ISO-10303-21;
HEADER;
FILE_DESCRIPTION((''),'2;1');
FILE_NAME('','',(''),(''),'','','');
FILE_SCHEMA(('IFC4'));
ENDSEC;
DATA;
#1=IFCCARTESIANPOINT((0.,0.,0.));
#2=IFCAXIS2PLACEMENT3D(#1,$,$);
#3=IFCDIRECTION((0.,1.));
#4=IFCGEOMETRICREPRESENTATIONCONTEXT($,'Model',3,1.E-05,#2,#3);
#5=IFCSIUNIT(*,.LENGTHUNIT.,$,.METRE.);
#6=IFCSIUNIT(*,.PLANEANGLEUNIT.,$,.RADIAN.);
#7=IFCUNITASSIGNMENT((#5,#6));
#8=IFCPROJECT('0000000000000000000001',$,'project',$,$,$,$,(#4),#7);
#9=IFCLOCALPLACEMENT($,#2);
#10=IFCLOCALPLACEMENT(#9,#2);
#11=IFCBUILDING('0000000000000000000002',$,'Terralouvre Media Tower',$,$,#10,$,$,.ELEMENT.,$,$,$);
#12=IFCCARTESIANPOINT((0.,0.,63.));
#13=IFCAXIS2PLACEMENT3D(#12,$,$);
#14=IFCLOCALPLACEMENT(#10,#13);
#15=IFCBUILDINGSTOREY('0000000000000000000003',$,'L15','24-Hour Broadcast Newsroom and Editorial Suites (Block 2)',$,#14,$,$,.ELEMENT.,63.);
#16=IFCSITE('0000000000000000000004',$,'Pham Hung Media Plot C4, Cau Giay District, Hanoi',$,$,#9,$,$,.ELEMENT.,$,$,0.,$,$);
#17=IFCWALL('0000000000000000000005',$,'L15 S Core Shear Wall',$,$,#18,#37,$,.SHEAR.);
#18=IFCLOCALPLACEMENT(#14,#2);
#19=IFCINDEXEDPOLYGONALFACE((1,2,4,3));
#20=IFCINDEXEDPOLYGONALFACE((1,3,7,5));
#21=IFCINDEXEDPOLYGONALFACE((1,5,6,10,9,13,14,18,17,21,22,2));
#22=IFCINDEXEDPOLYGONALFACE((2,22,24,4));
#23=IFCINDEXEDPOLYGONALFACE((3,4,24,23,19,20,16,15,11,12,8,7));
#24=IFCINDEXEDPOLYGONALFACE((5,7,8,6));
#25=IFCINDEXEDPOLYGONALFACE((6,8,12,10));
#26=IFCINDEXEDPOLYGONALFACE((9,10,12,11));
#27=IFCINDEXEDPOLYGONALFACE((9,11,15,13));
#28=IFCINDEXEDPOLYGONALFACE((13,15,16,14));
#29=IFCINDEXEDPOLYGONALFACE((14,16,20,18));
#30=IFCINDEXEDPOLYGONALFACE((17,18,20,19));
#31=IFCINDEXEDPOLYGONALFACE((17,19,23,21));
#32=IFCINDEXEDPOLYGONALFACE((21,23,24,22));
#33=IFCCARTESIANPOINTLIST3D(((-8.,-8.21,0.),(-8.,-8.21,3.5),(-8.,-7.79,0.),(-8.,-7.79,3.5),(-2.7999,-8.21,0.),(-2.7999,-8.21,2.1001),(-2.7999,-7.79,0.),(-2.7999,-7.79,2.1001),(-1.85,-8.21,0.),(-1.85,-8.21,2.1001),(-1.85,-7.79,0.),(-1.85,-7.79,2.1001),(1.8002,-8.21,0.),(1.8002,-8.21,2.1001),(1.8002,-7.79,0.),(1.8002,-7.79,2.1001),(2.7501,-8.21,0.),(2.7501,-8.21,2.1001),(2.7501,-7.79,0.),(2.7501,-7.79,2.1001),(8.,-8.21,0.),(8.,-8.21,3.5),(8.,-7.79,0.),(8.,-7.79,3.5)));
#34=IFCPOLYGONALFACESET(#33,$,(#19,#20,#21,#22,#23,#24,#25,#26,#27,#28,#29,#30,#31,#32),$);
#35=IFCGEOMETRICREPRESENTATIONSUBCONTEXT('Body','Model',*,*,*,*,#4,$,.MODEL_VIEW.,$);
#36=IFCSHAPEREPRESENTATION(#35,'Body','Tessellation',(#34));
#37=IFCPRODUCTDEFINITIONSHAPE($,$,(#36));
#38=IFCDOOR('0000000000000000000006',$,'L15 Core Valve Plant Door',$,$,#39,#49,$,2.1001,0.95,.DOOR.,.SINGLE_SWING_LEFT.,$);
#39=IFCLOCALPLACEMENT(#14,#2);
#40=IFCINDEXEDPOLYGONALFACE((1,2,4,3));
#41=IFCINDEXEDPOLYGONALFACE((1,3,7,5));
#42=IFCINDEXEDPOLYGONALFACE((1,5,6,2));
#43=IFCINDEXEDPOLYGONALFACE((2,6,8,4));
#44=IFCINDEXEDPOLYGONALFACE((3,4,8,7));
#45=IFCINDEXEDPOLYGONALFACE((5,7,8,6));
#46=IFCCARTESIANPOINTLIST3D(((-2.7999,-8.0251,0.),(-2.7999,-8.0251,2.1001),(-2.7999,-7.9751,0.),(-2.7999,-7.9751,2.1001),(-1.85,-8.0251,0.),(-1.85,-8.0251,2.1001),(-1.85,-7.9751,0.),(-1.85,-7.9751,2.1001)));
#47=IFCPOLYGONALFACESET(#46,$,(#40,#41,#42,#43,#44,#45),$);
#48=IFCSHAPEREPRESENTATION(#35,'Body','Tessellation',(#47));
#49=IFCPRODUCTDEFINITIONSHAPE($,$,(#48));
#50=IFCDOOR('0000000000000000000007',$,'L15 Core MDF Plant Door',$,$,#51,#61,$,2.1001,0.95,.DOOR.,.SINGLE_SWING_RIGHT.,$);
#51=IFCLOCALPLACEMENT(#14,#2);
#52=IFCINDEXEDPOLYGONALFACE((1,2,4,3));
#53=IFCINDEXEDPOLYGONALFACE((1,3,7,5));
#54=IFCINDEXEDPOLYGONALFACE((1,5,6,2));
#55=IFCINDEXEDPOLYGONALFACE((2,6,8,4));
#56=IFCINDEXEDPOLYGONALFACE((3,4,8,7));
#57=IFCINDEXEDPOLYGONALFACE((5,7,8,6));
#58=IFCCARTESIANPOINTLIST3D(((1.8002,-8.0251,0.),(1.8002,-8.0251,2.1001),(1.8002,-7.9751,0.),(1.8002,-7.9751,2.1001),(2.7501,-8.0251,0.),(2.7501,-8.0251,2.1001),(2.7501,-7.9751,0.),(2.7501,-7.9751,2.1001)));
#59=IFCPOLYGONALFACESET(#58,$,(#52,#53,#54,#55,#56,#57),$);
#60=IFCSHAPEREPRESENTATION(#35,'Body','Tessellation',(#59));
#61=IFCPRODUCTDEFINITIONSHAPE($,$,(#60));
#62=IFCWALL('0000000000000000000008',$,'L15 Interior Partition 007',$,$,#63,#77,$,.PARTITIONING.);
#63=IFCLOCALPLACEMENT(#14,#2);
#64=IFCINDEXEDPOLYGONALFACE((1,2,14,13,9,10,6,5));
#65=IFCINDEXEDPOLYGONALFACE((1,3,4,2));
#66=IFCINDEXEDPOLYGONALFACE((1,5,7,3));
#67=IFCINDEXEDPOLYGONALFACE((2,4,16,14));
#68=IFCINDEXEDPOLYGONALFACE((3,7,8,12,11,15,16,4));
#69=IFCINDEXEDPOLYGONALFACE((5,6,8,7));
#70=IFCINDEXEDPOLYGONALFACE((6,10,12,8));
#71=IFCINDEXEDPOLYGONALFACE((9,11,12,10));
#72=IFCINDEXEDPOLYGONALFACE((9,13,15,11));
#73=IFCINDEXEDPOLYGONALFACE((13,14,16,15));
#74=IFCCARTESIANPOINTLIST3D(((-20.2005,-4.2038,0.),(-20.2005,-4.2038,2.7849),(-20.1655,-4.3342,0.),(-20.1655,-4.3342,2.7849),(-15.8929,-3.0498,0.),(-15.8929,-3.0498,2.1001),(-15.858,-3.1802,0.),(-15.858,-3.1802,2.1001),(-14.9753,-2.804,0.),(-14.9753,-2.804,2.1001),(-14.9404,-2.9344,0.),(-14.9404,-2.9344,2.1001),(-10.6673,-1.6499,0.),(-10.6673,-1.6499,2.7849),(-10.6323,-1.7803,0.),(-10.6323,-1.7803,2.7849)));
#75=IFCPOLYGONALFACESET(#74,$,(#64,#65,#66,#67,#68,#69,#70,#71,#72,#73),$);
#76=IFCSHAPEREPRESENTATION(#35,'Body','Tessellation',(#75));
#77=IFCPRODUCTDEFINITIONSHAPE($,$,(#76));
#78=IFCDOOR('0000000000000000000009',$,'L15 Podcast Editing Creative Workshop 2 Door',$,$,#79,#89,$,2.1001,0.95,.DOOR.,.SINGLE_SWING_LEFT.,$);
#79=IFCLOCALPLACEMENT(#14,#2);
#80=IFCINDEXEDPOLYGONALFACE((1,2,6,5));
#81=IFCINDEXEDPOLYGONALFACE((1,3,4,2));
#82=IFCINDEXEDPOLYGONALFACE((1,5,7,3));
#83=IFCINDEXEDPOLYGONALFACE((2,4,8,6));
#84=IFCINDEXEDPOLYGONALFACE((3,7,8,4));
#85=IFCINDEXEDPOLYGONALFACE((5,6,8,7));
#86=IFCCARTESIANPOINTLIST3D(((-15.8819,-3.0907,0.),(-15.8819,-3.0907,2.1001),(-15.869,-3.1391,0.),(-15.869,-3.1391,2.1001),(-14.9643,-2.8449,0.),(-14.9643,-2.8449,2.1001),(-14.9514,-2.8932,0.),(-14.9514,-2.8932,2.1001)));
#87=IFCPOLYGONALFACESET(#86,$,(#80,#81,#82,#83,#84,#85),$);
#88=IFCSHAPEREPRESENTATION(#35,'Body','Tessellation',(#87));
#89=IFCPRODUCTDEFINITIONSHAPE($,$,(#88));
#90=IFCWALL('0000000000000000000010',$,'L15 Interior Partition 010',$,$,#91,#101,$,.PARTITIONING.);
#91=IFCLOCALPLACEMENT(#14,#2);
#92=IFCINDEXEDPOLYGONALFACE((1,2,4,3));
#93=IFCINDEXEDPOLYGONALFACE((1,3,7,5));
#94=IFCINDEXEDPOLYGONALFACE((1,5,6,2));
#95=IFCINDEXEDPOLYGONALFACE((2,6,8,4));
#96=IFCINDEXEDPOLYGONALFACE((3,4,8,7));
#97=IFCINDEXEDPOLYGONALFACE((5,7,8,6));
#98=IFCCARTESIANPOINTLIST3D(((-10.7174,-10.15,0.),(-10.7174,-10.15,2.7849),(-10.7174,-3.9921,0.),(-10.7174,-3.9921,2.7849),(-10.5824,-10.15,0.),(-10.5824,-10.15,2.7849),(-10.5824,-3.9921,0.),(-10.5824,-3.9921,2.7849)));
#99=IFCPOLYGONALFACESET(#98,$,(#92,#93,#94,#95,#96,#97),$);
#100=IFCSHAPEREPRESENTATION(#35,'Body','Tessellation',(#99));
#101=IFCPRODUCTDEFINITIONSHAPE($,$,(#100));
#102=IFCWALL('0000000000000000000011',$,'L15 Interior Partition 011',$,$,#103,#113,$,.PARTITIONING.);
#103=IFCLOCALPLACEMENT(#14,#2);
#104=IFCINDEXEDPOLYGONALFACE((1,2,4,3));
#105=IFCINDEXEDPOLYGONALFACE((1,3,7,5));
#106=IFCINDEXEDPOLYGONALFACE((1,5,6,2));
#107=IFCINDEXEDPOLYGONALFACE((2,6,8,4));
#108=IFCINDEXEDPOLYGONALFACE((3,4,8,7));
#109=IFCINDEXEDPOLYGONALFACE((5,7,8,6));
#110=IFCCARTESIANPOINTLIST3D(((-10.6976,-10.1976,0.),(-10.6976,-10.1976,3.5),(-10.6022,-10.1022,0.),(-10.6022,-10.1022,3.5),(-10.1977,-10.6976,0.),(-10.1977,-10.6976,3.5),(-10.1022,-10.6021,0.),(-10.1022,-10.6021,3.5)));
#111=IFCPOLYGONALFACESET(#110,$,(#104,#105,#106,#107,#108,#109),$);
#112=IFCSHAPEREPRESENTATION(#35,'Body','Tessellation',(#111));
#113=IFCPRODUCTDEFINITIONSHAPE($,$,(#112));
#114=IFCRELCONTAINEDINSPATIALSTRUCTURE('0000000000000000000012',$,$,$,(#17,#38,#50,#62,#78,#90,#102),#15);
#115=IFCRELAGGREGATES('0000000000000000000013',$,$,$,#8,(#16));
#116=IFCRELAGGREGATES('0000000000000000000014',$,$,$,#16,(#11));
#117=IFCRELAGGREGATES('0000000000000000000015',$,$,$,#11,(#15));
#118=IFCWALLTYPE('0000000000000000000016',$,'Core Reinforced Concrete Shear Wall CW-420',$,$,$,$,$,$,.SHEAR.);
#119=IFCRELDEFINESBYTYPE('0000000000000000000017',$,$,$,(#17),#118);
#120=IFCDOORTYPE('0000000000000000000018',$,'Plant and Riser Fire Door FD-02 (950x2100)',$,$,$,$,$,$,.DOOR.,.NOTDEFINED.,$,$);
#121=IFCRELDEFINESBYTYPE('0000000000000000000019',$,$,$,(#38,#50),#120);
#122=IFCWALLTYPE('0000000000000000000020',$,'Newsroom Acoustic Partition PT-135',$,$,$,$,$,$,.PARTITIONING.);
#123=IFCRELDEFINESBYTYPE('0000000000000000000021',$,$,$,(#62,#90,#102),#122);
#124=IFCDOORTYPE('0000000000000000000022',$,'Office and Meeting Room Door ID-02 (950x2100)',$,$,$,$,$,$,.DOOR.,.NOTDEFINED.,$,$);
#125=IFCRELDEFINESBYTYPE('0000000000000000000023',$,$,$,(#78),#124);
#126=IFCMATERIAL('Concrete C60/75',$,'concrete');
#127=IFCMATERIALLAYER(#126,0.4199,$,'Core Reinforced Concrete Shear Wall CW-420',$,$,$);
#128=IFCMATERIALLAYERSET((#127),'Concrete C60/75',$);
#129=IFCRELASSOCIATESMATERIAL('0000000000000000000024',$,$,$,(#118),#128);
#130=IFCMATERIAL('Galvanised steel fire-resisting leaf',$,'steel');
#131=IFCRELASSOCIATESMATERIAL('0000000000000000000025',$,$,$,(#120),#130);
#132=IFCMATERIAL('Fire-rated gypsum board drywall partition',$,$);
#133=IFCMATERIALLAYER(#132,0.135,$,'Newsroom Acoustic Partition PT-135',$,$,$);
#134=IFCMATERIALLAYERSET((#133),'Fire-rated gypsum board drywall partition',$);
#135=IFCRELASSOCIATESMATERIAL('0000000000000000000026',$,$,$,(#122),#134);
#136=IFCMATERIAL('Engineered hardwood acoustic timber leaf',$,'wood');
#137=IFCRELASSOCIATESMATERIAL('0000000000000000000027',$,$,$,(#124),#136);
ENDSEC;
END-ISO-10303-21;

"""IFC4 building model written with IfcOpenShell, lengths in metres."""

from ifc_helpers import new_model, si_unit, direction, frame, frame_2d, origin, place, context, subcontext, project, spatial, rectangle, extrude, material, layer, layer_set, type_object, element, fill, save


model = new_model("IFC4")

# Units and contexts
model_context = context("Model", 3, precision=1e-05, world=origin(), true_north=direction((0.0, 1.0)))
body_context = subcontext(model_context, "Body", "Model", "MODEL_VIEW")
ifc_project = project(units=[si_unit("LENGTHUNIT", "METRE"), si_unit("PLANEANGLEUNIT", "RADIAN")], contexts=[model_context])

# Site, building, storey
site_placement = place(None, origin())
site = spatial("IfcSite", under=ifc_project, at=site_placement, Name="Pham Hung Media Plot C4, Cau Giay District, Hanoi", CompositionType="ELEMENT", RefElevation=0.0)
building_placement = place(site_placement, origin())
building = spatial("IfcBuilding", under=site, at=building_placement, Name="Terralouvre Media Tower", CompositionType="ELEMENT")
storey_placement = place(building_placement, frame((0.0, 0.0, 63.0)))
storey = spatial("IfcBuildingStorey", under=building, at=storey_placement, Name="L15", Description="24-Hour Broadcast Newsroom and Editorial Suites (Block 2)", CompositionType="ELEMENT", Elevation=63.0)

# Wall, openings, doors
ifc_material_1 = material(Name="Concrete C60/75", Category="concrete")
ifc_layer_1 = layer(ifc_material_1, 0.4199, Name="Core Reinforced Concrete Shear Wall CW-420")
ifc_layer_set_1 = layer_set([ifc_layer_1], Name="Concrete C60/75")
wall_type_1 = type_object("IfcWallType", Name="Core Reinforced Concrete Shear Wall CW-420", PredefinedType="SHEAR", material=ifc_layer_set_1)
wall_1_placement = place(storey_placement, frame((-8.0, -8.0, 0.0), z_axis=(0.0, 0.0, 1.0), x_axis=(1.0, 0.0, 0.0)))
wall_1 = element("IfcWall", 1, at=wall_1_placement, inside=storey, type_object=wall_type_1, Name="L15 S Core Shear Wall", PredefinedType="SHEAR", context=body_context, shape_type="SweptSolid", body=[
    extrude(rectangle(XDim=16.0, YDim=0.4199, at=frame_2d((8.0, 0.0))), origin(), (0.0, 0.0, 1.0), 3.5),
])
opening_1_placement = place(wall_1_placement, frame((5.2, 0.0, 0.0)))
opening_1 = element("IfcOpeningElement", 2, at=opening_1_placement, cuts=wall_1, PredefinedType="OPENING", context=body_context, shape_type="SweptSolid", body=[
    extrude(rectangle(XDim=0.95, YDim=2.1001, at=frame_2d((0.4751, 1.05))), frame((0.0, 0.22, 0.0), z_axis=(0.0, -1.0, 0.0), x_axis=(1.0, 0.0, 0.0)), (0.0, 0.0, 1.0), 0.4399),
])
opening_2_placement = place(wall_1_placement, frame((9.8, 0.0, 0.0)))
opening_2 = element("IfcOpeningElement", 3, at=opening_2_placement, cuts=wall_1, PredefinedType="OPENING", context=body_context, shape_type="SweptSolid", body=[
    extrude(rectangle(XDim=0.95, YDim=2.1001, at=frame_2d((0.4751, 1.05))), frame((0.0, 0.22, 0.0), z_axis=(0.0, -1.0, 0.0), x_axis=(1.0, 0.0, 0.0)), (0.0, 0.0, 1.0), 0.4399),
])
ifc_material_2 = material(Name="Galvanised steel fire-resisting leaf", Category="steel")
door_type_1 = type_object("IfcDoorType", Name="Plant and Riser Fire Door FD-02 (950x2100)", OperationType="NOTDEFINED", PredefinedType="DOOR", material=ifc_material_2)
door_1_placement = place(opening_1_placement, origin())
door_1 = element("IfcDoor", 4, at=door_1_placement, inside=storey, type_object=door_type_1, Name="L15 Core Valve Plant Door", OperationType="SINGLE_SWING_LEFT", OverallHeight=2.1001, OverallWidth=0.95, PredefinedType="DOOR", context=body_context, shape_type="SweptSolid", body=[
    extrude(rectangle(XDim=0.95, YDim=2.1001, at=frame_2d((0.4751, 1.05))), frame((0.0, 0.0249, 0.0), z_axis=(0.0, -1.0, 0.0), x_axis=(1.0, 0.0, 0.0)), (0.0, 0.0, 1.0), 0.05),
])
fill(opening_1, door_1)
door_2_placement = place(opening_2_placement, origin())
door_2 = element("IfcDoor", 5, at=door_2_placement, inside=storey, type_object=door_type_1, Name="L15 Core MDF Plant Door", OperationType="SINGLE_SWING_RIGHT", OverallHeight=2.1001, OverallWidth=0.95, PredefinedType="DOOR", context=body_context, shape_type="SweptSolid", body=[
    extrude(rectangle(XDim=0.95, YDim=2.1001, at=frame_2d((0.4751, 1.05))), frame((0.0, 0.0249, 0.0), z_axis=(0.0, -1.0, 0.0), x_axis=(1.0, 0.0, 0.0)), (0.0, 0.0, 1.0), 0.05),
])
fill(opening_2, door_2)

# Wall, opening, door
ifc_material_3 = material(Name="Fire-rated gypsum board drywall partition")
ifc_layer_2 = layer(ifc_material_3, 0.135, Name="Newsroom Acoustic Partition PT-135")
ifc_layer_set_2 = layer_set([ifc_layer_2], Name="Fire-rated gypsum board drywall partition")
wall_type_2 = type_object("IfcWallType", Name="Newsroom Acoustic Partition PT-135", PredefinedType="PARTITIONING", material=ifc_layer_set_2)
wall_2_placement = place(storey_placement, frame((-10.6499, -1.7151, 0.0), z_axis=(0.0, 0.0, 1.0), x_axis=(-0.965937, -0.258776, 0.0)))
wall_2 = element("IfcWall", 6, at=wall_2_placement, inside=storey, type_object=wall_type_2, Name="L15 Interior Partition 007", PredefinedType="PARTITIONING", context=body_context, shape_type="SweptSolid", body=[
    extrude(rectangle(XDim=9.8694, YDim=0.135, at=frame_2d((4.9346, 0.0))), origin(), (0.0, 0.0, 1.0), 2.7849),
])
opening_3_placement = place(wall_2_placement, frame((4.4597, 0.0, 0.0)))
opening_3 = element("IfcOpeningElement", 7, at=opening_3_placement, cuts=wall_2, PredefinedType="OPENING", context=body_context, shape_type="SweptSolid", body=[
    extrude(rectangle(XDim=0.95, YDim=2.1001, at=frame_2d((0.4751, 1.05))), frame((0.0, 0.0774, 0.0), z_axis=(0.0, -1.0, 0.0), x_axis=(1.0, 0.0, 0.0)), (0.0, 0.0, 1.0), 0.155),
])
ifc_material_4 = material(Name="Engineered hardwood acoustic timber leaf", Category="wood")
door_type_2 = type_object("IfcDoorType", Name="Office and Meeting Room Door ID-02 (950x2100)", OperationType="NOTDEFINED", PredefinedType="DOOR", material=ifc_material_4)
door_3_placement = place(opening_3_placement, origin())
door_3 = element("IfcDoor", 8, at=door_3_placement, inside=storey, type_object=door_type_2, Name="L15 Podcast Editing Creative Workshop 2 Door", OperationType="SINGLE_SWING_LEFT", OverallHeight=2.1001, OverallWidth=0.95, PredefinedType="DOOR", context=body_context, shape_type="SweptSolid", body=[
    extrude(rectangle(XDim=0.95, YDim=2.1001, at=frame_2d((0.4751, 1.05))), frame((0.0, 0.0249, 0.0), z_axis=(0.0, -1.0, 0.0), x_axis=(1.0, 0.0, 0.0)), (0.0, 0.0, 1.0), 0.05),
])
fill(opening_3, door_3)

# Walls
wall_3_placement = place(storey_placement, frame((-10.6499, -3.9919, 0.0), z_axis=(0.0, 0.0, 1.0), x_axis=(0.0, -1.0, 0.0)))
element("IfcWall", 9, at=wall_3_placement, inside=storey, type_object=wall_type_2, Name="L15 Interior Partition 010", PredefinedType="PARTITIONING", context=body_context, shape_type="SweptSolid", body=[
    extrude(rectangle(XDim=6.158, YDim=0.135, at=frame_2d((3.0791, 0.0))), origin(), (0.0, 0.0, 1.0), 2.7849),
])
wall_4_placement = place(storey_placement, frame((-10.6499, -10.1499, 0.0), z_axis=(0.0, 0.0, 1.0), x_axis=(0.707107, -0.707107, 0.0)))
element("IfcWall", 10, at=wall_4_placement, inside=storey, type_object=wall_type_2, Name="L15 Interior Partition 011", PredefinedType="PARTITIONING", context=body_context, shape_type="SweptSolid", body=[
    extrude(rectangle(XDim=0.707, YDim=0.135, at=frame_2d((0.3535, 0.0))), origin(), (0.0, 0.0, 1.0), 3.5),
])

save(model, "model.ifc")
